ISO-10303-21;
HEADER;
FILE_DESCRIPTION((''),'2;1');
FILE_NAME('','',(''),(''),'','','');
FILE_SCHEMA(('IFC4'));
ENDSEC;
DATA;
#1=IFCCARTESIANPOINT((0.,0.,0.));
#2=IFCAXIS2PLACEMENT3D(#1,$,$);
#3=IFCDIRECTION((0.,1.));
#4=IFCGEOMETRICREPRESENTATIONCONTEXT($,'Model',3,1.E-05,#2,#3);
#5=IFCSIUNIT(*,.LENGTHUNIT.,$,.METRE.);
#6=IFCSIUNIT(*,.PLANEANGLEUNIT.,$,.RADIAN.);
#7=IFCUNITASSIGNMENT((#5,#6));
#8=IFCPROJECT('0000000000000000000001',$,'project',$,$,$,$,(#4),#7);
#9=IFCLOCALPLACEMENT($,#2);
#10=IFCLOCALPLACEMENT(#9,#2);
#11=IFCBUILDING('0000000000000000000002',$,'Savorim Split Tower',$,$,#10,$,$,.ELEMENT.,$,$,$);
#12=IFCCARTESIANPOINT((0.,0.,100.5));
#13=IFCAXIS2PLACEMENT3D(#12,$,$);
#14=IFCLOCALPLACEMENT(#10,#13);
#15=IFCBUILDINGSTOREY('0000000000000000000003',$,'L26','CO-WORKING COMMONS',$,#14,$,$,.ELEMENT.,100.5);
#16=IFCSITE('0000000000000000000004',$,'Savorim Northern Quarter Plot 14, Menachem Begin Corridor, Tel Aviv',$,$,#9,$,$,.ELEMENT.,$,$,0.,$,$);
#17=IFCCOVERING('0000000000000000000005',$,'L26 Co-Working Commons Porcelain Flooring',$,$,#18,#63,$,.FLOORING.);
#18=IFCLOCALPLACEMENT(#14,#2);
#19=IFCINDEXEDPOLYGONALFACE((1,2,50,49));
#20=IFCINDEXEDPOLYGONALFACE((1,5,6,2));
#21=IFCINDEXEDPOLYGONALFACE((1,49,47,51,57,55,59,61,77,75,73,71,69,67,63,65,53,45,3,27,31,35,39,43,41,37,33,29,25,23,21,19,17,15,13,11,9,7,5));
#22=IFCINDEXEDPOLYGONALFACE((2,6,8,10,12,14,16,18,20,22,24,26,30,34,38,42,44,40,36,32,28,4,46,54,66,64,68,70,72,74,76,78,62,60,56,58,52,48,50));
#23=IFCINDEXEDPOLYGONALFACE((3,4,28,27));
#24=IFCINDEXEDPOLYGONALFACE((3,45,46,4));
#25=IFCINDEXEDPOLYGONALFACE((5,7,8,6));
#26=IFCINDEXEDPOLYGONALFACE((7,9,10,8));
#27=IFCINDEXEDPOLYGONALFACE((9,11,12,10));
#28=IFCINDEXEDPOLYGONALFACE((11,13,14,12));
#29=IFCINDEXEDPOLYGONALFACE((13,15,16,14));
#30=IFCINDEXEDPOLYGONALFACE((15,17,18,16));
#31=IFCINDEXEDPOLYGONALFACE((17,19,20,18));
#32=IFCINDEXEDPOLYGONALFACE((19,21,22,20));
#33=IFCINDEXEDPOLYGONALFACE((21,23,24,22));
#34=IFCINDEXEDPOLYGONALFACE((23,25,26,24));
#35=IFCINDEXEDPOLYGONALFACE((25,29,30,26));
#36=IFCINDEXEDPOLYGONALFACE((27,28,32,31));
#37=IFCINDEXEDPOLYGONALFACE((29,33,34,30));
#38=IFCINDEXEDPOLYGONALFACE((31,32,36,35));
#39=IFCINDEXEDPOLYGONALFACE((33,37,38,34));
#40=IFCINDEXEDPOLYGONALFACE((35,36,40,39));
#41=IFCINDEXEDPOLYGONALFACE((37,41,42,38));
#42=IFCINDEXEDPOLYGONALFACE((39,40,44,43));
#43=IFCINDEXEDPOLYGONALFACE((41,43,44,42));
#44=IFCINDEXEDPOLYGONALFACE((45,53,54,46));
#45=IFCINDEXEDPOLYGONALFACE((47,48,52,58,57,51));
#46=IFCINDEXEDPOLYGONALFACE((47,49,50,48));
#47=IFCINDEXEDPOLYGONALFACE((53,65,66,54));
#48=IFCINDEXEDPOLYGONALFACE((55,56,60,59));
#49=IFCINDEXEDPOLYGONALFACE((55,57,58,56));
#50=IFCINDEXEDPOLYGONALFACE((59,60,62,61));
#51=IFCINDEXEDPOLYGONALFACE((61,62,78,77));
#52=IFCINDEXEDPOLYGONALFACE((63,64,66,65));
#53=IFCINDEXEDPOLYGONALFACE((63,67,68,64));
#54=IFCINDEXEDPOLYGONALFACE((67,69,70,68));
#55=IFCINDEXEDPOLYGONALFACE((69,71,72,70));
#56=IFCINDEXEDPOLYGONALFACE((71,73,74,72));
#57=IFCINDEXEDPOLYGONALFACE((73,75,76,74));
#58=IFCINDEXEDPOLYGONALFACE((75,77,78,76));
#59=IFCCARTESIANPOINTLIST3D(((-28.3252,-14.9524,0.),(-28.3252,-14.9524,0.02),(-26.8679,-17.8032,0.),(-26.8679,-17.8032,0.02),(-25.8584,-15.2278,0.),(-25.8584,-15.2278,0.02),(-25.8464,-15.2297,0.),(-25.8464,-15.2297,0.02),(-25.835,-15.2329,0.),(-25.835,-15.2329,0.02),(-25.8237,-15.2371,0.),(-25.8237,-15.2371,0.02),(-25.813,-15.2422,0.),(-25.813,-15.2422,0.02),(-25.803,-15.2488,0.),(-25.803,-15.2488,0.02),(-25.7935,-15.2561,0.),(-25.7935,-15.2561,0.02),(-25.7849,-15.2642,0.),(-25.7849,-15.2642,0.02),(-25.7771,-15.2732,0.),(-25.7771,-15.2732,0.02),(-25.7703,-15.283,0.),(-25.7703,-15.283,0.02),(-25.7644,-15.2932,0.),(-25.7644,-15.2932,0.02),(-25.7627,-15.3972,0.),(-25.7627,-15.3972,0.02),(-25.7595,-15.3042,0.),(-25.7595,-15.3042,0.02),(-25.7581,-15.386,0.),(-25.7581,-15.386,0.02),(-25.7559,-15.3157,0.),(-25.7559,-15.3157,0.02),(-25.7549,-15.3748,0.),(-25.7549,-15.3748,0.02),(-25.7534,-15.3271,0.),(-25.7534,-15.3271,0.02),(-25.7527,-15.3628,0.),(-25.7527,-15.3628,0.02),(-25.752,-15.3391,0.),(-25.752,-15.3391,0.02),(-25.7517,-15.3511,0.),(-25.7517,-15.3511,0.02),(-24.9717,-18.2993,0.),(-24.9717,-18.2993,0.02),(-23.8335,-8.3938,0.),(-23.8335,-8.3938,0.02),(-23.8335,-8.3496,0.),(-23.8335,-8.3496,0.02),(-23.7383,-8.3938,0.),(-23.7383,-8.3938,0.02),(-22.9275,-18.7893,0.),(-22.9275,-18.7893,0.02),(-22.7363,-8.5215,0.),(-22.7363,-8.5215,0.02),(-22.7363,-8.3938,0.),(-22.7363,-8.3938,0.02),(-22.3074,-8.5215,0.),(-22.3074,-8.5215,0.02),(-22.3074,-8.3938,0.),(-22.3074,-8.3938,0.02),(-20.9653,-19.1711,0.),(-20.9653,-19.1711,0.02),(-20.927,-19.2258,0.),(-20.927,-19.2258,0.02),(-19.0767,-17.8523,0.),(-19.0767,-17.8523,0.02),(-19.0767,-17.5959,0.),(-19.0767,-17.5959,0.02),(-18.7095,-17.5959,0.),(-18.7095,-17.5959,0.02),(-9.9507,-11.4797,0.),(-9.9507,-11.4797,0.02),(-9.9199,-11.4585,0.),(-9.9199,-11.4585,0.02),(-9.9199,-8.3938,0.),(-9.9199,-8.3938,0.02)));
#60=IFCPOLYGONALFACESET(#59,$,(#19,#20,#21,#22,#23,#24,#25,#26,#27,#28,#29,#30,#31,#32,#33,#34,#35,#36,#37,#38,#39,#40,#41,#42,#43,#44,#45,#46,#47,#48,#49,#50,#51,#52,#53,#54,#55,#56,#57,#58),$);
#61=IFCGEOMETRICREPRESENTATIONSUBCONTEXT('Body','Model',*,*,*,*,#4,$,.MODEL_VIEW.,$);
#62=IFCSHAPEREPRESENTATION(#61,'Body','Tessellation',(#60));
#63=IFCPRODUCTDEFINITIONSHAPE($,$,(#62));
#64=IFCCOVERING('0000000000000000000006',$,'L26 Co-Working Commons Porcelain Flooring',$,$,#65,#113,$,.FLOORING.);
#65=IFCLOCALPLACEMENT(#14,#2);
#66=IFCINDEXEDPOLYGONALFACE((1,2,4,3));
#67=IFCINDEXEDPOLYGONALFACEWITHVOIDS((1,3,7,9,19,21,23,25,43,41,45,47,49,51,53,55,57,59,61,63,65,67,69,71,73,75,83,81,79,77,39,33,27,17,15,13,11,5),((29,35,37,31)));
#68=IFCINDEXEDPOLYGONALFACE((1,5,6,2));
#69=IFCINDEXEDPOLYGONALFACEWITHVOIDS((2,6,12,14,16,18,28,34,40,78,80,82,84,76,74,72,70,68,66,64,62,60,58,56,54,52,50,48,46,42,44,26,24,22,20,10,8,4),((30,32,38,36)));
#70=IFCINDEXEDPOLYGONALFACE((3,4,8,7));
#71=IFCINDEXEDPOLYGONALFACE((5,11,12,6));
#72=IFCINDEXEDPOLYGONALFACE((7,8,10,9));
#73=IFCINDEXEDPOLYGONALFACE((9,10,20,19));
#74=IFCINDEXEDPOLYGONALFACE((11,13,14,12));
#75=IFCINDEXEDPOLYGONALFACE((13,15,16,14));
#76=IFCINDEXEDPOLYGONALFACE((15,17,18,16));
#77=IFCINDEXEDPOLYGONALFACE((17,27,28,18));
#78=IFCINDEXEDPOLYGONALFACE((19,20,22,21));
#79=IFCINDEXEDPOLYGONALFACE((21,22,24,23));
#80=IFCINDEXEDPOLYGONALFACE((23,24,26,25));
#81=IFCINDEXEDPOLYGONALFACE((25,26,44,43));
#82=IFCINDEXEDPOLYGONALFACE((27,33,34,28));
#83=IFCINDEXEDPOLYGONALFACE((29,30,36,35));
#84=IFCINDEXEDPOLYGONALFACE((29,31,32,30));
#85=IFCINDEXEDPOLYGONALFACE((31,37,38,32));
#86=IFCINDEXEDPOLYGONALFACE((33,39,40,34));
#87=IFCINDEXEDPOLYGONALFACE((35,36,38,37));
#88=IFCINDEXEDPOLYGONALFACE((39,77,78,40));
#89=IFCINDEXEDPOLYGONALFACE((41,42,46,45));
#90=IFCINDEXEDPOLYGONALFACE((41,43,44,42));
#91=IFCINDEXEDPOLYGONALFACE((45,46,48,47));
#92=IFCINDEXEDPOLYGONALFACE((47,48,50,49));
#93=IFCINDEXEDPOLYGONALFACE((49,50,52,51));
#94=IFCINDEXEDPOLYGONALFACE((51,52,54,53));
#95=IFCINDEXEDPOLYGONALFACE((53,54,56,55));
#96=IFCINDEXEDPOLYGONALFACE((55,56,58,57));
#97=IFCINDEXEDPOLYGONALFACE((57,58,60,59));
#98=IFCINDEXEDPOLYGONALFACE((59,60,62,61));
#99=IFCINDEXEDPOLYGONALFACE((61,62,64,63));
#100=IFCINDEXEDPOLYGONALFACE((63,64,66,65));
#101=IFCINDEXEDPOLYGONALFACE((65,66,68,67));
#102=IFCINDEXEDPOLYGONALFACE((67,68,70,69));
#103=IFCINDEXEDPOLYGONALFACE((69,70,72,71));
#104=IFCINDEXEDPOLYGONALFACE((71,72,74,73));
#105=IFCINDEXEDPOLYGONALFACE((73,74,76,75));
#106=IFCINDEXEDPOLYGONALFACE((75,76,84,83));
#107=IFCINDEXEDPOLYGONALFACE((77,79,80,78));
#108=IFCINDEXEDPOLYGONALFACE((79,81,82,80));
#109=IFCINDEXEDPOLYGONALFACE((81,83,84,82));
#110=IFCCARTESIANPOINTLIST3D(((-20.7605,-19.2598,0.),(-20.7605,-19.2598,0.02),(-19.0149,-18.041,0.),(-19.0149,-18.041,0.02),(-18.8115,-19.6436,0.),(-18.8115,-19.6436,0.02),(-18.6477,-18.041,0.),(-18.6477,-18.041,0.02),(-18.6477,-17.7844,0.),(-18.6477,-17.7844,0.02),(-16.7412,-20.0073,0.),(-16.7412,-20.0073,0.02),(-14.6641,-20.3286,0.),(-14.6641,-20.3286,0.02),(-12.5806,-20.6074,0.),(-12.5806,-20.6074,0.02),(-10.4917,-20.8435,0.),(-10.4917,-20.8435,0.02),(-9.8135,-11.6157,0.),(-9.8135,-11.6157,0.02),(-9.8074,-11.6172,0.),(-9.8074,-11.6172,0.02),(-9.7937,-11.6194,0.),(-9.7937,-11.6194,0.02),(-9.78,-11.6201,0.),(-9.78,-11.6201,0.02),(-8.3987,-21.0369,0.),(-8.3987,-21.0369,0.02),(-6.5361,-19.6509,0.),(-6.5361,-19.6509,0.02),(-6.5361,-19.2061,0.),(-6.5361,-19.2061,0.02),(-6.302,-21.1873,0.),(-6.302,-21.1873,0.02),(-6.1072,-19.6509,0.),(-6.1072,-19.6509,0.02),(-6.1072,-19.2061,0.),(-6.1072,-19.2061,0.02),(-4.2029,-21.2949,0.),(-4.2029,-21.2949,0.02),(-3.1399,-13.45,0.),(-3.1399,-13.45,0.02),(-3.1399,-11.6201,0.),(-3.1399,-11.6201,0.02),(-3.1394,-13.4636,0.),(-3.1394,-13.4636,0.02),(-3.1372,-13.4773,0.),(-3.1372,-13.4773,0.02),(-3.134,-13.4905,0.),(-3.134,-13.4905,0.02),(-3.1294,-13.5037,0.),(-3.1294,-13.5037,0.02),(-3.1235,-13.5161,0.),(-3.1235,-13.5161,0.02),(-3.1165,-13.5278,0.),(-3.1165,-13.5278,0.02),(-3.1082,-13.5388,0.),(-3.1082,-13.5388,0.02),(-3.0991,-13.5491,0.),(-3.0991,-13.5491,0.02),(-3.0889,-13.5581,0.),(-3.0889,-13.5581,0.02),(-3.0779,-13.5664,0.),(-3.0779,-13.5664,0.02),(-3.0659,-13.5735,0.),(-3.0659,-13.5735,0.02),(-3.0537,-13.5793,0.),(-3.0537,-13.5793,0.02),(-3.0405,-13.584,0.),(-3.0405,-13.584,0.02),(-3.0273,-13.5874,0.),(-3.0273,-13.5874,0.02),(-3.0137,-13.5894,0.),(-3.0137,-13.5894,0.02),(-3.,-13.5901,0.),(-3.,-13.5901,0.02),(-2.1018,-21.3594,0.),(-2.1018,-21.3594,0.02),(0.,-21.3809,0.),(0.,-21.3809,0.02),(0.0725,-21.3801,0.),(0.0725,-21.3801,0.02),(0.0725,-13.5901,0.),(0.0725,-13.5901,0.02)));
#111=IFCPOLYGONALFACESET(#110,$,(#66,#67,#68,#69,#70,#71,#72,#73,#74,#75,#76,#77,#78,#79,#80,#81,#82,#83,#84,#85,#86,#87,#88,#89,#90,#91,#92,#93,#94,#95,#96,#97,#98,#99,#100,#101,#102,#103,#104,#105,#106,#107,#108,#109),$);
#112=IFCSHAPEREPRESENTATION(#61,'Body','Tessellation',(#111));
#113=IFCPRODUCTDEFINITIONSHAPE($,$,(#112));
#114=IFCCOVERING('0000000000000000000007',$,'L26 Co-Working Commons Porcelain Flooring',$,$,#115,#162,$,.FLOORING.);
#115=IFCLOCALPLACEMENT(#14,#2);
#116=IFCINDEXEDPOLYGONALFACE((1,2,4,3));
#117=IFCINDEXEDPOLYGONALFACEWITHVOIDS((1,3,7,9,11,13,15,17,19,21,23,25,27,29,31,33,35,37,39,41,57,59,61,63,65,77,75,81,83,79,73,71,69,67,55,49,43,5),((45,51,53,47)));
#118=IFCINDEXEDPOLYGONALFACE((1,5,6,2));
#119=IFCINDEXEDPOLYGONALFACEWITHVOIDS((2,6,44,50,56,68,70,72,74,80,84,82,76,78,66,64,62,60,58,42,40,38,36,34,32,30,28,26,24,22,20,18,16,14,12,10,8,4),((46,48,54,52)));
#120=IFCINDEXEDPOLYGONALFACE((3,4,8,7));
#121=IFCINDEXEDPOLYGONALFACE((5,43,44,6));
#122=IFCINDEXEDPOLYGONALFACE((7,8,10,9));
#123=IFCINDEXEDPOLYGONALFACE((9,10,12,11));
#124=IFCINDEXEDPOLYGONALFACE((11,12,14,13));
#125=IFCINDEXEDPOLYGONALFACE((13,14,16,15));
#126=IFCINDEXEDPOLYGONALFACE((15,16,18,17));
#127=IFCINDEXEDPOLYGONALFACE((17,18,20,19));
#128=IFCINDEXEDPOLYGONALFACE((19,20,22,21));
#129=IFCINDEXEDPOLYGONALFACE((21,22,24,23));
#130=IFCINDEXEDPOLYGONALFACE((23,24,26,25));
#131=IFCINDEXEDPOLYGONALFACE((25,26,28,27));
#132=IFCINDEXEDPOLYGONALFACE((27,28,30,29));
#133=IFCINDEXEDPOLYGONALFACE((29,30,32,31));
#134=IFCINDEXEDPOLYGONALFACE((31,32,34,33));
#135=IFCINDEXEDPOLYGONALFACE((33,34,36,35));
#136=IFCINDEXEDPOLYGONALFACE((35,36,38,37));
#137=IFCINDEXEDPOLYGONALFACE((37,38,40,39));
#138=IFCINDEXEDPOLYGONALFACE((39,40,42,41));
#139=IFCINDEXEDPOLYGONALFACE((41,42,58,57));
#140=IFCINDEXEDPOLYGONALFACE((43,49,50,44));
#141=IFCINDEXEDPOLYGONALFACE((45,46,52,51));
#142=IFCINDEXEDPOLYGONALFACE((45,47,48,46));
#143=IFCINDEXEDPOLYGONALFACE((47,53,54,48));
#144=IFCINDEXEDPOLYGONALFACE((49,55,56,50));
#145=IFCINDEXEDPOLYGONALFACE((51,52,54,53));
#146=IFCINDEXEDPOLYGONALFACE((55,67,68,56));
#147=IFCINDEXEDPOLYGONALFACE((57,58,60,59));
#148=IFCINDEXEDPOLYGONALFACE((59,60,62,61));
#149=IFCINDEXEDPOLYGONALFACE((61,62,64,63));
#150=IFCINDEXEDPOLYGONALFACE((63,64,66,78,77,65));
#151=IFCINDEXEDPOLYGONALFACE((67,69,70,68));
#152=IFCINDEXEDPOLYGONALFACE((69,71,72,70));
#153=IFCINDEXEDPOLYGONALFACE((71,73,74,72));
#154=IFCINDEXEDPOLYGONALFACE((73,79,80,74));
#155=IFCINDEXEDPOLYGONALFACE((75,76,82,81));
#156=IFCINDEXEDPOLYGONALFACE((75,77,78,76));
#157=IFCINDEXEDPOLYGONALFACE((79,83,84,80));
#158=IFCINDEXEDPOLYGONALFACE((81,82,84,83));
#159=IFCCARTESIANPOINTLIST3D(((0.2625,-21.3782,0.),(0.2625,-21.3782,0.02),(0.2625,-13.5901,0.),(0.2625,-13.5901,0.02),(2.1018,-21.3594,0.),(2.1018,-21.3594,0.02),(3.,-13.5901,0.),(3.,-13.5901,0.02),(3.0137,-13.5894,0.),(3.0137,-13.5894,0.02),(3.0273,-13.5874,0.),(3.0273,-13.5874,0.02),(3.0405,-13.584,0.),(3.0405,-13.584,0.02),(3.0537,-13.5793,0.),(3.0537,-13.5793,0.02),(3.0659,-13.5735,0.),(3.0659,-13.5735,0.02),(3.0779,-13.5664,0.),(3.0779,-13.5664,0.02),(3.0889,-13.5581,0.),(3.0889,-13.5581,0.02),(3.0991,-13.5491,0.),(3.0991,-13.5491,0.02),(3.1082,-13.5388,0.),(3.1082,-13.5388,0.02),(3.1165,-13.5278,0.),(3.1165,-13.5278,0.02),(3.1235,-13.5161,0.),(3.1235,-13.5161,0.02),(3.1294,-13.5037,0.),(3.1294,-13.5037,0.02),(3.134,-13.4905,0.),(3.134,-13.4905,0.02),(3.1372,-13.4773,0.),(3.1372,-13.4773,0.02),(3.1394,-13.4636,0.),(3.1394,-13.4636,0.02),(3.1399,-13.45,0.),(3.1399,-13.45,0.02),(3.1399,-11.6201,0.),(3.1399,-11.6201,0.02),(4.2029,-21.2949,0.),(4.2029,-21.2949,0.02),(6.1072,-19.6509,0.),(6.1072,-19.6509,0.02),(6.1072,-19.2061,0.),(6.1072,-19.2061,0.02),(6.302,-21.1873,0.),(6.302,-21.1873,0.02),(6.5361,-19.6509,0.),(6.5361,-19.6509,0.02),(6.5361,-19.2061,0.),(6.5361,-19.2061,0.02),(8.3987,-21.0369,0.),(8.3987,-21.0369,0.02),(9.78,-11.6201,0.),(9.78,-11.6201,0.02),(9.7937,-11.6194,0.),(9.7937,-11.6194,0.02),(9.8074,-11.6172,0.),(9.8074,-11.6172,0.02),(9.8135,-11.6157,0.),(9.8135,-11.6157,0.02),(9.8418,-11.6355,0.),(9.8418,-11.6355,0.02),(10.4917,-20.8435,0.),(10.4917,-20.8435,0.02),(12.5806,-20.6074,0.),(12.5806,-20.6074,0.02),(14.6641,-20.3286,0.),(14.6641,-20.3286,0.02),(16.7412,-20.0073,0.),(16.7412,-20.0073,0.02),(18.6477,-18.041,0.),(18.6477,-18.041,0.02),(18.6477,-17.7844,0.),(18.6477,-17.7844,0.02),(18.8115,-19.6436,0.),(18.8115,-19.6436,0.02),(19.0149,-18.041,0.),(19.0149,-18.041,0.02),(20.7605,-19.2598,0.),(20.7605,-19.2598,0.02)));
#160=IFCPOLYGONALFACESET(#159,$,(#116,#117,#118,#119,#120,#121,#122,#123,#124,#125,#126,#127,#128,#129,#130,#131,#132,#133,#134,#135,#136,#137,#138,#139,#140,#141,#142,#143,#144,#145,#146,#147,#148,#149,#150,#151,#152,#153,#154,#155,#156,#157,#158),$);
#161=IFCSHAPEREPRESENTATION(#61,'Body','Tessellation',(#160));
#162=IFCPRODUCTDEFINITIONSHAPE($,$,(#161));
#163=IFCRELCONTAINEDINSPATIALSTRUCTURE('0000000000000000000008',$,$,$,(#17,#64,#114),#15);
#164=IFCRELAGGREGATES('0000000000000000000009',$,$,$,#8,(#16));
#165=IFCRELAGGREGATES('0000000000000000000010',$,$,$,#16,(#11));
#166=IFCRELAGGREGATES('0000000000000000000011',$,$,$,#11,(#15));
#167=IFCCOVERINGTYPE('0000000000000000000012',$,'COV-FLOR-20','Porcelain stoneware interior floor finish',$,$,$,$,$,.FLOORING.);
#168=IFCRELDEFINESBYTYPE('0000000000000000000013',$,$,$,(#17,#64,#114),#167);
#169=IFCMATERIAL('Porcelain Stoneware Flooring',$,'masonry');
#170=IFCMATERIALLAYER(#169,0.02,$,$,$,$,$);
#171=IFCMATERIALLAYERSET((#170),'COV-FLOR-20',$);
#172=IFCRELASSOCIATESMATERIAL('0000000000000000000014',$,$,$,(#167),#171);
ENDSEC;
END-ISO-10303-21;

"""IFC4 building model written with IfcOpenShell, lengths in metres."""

from ifc_helpers import new_model, si_unit, direction, frame, origin, place, context, subcontext, project, spatial, polyline, outline, extrude, material, layer, layer_set, type_object, element, save


model = new_model("IFC4")

# Units and contexts
model_context = context("Model", 3, precision=1e-05, world=origin(), true_north=direction((0.0, 1.0)))
body_context = subcontext(model_context, "Body", "Model", "MODEL_VIEW")
ifc_project = project(units=[si_unit("LENGTHUNIT", "METRE"), si_unit("PLANEANGLEUNIT", "RADIAN")], contexts=[model_context])

# Site, building, storey
site_placement = place(None, origin())
site = spatial("IfcSite", under=ifc_project, at=site_placement, Name="Savorim Northern Quarter Plot 14, Menachem Begin Corridor, Tel Aviv", CompositionType="ELEMENT", RefElevation=0.0)
building_placement = place(site_placement, origin())
building = spatial("IfcBuilding", under=site, at=building_placement, Name="Savorim Split Tower", CompositionType="ELEMENT")
storey_placement = place(building_placement, frame((0.0, 0.0, 100.5)))
storey = spatial("IfcBuildingStorey", under=building, at=storey_placement, Name="L26", Description="CO-WORKING COMMONS", CompositionType="ELEMENT", Elevation=100.5)

# Coverings
ifc_material_1 = material(Name="Porcelain Stoneware Flooring", Category="masonry")
ifc_layer_1 = layer(ifc_material_1, 0.02)
ifc_layer_set_1 = layer_set([ifc_layer_1], Name="COV-FLOR-20")
covering_type_1 = type_object("IfcCoveringType", Name="COV-FLOR-20", Description="Porcelain stoneware interior floor finish", PredefinedType="FLOORING", material=ifc_layer_set_1)
covering_1_placement = place(storey_placement, origin())
element("IfcCovering", 1, at=covering_1_placement, inside=storey, type_object=covering_type_1, Name="L26 Co-Working Commons Porcelain Flooring", PredefinedType="FLOORING", context=body_context, shape_type="SweptSolid", body=[
    extrude(outline(polyline([(-25.7517, -15.3511), (-25.7527, -15.3628), (-25.7549, -15.3748), (-25.7581, -15.386), (-25.7627, -15.3972), (-26.8679, -17.8032), (-24.9717, -18.2993), (-22.9275, -18.7893), (-20.927, -19.2258), (-20.9653, -19.1711), (-19.0767, -17.8523), (-19.0767, -17.5959), (-18.7095, -17.5959), (-9.9507, -11.4797), (-9.9199, -11.4585), (-9.9199, -8.3938), (-22.3074, -8.3938), (-22.3074, -8.5215), (-22.7363, -8.5215), (-22.7363, -8.3938), (-23.7383, -8.3938), (-23.8335, -8.3938), (-23.8335, -8.3496), (-28.3252, -14.9524), (-25.8584, -15.2278), (-25.8464, -15.2297), (-25.835, -15.2329), (-25.8237, -15.2371), (-25.813, -15.2422), (-25.803, -15.2488), (-25.7935, -15.2561), (-25.7849, -15.2642), (-25.7771, -15.2732), (-25.7703, -15.283), (-25.7644, -15.2932), (-25.7595, -15.3042), (-25.7559, -15.3157), (-25.7534, -15.3271), (-25.752, -15.3391), (-25.7517, -15.3511)])), origin(), (0.0, 0.0, 1.0), 0.02),
])
covering_2_placement = place(storey_placement, origin())
element("IfcCovering", 2, at=covering_2_placement, inside=storey, type_object=covering_type_1, Name="L26 Co-Working Commons Porcelain Flooring", PredefinedType="FLOORING", context=body_context, shape_type="SweptSolid", body=[
    extrude(outline(polyline([(-4.2029, -21.2949), (-2.1018, -21.3594), (0.0, -21.3809), (0.0725, -21.3801), (0.0725, -13.5901), (-3.0, -13.5901), (-3.0137, -13.5894), (-3.0273, -13.5874), (-3.0405, -13.584), (-3.0537, -13.5793), (-3.0659, -13.5735), (-3.0779, -13.5664), (-3.0889, -13.5581), (-3.0991, -13.5491), (-3.1082, -13.5388), (-3.1165, -13.5278), (-3.1235, -13.5161), (-3.1294, -13.5037), (-3.134, -13.4905), (-3.1372, -13.4773), (-3.1394, -13.4636), (-3.1399, -13.45), (-3.1399, -11.6201), (-9.78, -11.6201), (-9.7937, -11.6194), (-9.8074, -11.6172), (-9.8135, -11.6157), (-18.6477, -17.7844), (-18.6477, -18.041), (-19.0149, -18.041), (-20.7605, -19.2598), (-18.8115, -19.6436), (-16.7412, -20.0073), (-14.6641, -20.3286), (-12.5806, -20.6074), (-10.4917, -20.8435), (-8.3987, -21.0369), (-6.302, -21.1873), (-4.2029, -21.2949)]), holes=[polyline([(-6.5361, -19.6509), (-6.1072, -19.6509), (-6.1072, -19.2061), (-6.5361, -19.2061), (-6.5361, -19.6509)])]), origin(), (0.0, 0.0, 1.0), 0.02),
])
covering_3_placement = place(storey_placement, origin())
element("IfcCovering", 3, at=covering_3_placement, inside=storey, type_object=covering_type_1, Name="L26 Co-Working Commons Porcelain Flooring", PredefinedType="FLOORING", context=body_context, shape_type="SweptSolid", body=[
    extrude(outline(polyline([(12.5806, -20.6074), (14.6641, -20.3286), (16.7412, -20.0073), (18.8115, -19.6436), (20.7605, -19.2598), (19.0149, -18.041), (18.6477, -18.041), (18.6477, -17.7844), (9.8418, -11.6355), (9.8135, -11.6157), (9.8074, -11.6172), (9.7937, -11.6194), (9.78, -11.6201), (3.1399, -11.6201), (3.1399, -13.45), (3.1394, -13.4636), (3.1372, -13.4773), (3.134, -13.4905), (3.1294, -13.5037), (3.1235, -13.5161), (3.1165, -13.5278), (3.1082, -13.5388), (3.0991, -13.5491), (3.0889, -13.5581), (3.0779, -13.5664), (3.0659, -13.5735), (3.0537, -13.5793), (3.0405, -13.584), (3.0273, -13.5874), (3.0137, -13.5894), (3.0, -13.5901), (0.2625, -13.5901), (0.2625, -21.3782), (2.1018, -21.3594), (4.2029, -21.2949), (6.302, -21.1873), (8.3987, -21.0369), (10.4917, -20.8435), (12.5806, -20.6074)]), holes=[polyline([(6.1072, -19.6509), (6.5361, -19.6509), (6.5361, -19.2061), (6.1072, -19.2061), (6.1072, -19.6509)])]), origin(), (0.0, 0.0, 1.0), 0.02),
])

save(model, "model.ifc")
